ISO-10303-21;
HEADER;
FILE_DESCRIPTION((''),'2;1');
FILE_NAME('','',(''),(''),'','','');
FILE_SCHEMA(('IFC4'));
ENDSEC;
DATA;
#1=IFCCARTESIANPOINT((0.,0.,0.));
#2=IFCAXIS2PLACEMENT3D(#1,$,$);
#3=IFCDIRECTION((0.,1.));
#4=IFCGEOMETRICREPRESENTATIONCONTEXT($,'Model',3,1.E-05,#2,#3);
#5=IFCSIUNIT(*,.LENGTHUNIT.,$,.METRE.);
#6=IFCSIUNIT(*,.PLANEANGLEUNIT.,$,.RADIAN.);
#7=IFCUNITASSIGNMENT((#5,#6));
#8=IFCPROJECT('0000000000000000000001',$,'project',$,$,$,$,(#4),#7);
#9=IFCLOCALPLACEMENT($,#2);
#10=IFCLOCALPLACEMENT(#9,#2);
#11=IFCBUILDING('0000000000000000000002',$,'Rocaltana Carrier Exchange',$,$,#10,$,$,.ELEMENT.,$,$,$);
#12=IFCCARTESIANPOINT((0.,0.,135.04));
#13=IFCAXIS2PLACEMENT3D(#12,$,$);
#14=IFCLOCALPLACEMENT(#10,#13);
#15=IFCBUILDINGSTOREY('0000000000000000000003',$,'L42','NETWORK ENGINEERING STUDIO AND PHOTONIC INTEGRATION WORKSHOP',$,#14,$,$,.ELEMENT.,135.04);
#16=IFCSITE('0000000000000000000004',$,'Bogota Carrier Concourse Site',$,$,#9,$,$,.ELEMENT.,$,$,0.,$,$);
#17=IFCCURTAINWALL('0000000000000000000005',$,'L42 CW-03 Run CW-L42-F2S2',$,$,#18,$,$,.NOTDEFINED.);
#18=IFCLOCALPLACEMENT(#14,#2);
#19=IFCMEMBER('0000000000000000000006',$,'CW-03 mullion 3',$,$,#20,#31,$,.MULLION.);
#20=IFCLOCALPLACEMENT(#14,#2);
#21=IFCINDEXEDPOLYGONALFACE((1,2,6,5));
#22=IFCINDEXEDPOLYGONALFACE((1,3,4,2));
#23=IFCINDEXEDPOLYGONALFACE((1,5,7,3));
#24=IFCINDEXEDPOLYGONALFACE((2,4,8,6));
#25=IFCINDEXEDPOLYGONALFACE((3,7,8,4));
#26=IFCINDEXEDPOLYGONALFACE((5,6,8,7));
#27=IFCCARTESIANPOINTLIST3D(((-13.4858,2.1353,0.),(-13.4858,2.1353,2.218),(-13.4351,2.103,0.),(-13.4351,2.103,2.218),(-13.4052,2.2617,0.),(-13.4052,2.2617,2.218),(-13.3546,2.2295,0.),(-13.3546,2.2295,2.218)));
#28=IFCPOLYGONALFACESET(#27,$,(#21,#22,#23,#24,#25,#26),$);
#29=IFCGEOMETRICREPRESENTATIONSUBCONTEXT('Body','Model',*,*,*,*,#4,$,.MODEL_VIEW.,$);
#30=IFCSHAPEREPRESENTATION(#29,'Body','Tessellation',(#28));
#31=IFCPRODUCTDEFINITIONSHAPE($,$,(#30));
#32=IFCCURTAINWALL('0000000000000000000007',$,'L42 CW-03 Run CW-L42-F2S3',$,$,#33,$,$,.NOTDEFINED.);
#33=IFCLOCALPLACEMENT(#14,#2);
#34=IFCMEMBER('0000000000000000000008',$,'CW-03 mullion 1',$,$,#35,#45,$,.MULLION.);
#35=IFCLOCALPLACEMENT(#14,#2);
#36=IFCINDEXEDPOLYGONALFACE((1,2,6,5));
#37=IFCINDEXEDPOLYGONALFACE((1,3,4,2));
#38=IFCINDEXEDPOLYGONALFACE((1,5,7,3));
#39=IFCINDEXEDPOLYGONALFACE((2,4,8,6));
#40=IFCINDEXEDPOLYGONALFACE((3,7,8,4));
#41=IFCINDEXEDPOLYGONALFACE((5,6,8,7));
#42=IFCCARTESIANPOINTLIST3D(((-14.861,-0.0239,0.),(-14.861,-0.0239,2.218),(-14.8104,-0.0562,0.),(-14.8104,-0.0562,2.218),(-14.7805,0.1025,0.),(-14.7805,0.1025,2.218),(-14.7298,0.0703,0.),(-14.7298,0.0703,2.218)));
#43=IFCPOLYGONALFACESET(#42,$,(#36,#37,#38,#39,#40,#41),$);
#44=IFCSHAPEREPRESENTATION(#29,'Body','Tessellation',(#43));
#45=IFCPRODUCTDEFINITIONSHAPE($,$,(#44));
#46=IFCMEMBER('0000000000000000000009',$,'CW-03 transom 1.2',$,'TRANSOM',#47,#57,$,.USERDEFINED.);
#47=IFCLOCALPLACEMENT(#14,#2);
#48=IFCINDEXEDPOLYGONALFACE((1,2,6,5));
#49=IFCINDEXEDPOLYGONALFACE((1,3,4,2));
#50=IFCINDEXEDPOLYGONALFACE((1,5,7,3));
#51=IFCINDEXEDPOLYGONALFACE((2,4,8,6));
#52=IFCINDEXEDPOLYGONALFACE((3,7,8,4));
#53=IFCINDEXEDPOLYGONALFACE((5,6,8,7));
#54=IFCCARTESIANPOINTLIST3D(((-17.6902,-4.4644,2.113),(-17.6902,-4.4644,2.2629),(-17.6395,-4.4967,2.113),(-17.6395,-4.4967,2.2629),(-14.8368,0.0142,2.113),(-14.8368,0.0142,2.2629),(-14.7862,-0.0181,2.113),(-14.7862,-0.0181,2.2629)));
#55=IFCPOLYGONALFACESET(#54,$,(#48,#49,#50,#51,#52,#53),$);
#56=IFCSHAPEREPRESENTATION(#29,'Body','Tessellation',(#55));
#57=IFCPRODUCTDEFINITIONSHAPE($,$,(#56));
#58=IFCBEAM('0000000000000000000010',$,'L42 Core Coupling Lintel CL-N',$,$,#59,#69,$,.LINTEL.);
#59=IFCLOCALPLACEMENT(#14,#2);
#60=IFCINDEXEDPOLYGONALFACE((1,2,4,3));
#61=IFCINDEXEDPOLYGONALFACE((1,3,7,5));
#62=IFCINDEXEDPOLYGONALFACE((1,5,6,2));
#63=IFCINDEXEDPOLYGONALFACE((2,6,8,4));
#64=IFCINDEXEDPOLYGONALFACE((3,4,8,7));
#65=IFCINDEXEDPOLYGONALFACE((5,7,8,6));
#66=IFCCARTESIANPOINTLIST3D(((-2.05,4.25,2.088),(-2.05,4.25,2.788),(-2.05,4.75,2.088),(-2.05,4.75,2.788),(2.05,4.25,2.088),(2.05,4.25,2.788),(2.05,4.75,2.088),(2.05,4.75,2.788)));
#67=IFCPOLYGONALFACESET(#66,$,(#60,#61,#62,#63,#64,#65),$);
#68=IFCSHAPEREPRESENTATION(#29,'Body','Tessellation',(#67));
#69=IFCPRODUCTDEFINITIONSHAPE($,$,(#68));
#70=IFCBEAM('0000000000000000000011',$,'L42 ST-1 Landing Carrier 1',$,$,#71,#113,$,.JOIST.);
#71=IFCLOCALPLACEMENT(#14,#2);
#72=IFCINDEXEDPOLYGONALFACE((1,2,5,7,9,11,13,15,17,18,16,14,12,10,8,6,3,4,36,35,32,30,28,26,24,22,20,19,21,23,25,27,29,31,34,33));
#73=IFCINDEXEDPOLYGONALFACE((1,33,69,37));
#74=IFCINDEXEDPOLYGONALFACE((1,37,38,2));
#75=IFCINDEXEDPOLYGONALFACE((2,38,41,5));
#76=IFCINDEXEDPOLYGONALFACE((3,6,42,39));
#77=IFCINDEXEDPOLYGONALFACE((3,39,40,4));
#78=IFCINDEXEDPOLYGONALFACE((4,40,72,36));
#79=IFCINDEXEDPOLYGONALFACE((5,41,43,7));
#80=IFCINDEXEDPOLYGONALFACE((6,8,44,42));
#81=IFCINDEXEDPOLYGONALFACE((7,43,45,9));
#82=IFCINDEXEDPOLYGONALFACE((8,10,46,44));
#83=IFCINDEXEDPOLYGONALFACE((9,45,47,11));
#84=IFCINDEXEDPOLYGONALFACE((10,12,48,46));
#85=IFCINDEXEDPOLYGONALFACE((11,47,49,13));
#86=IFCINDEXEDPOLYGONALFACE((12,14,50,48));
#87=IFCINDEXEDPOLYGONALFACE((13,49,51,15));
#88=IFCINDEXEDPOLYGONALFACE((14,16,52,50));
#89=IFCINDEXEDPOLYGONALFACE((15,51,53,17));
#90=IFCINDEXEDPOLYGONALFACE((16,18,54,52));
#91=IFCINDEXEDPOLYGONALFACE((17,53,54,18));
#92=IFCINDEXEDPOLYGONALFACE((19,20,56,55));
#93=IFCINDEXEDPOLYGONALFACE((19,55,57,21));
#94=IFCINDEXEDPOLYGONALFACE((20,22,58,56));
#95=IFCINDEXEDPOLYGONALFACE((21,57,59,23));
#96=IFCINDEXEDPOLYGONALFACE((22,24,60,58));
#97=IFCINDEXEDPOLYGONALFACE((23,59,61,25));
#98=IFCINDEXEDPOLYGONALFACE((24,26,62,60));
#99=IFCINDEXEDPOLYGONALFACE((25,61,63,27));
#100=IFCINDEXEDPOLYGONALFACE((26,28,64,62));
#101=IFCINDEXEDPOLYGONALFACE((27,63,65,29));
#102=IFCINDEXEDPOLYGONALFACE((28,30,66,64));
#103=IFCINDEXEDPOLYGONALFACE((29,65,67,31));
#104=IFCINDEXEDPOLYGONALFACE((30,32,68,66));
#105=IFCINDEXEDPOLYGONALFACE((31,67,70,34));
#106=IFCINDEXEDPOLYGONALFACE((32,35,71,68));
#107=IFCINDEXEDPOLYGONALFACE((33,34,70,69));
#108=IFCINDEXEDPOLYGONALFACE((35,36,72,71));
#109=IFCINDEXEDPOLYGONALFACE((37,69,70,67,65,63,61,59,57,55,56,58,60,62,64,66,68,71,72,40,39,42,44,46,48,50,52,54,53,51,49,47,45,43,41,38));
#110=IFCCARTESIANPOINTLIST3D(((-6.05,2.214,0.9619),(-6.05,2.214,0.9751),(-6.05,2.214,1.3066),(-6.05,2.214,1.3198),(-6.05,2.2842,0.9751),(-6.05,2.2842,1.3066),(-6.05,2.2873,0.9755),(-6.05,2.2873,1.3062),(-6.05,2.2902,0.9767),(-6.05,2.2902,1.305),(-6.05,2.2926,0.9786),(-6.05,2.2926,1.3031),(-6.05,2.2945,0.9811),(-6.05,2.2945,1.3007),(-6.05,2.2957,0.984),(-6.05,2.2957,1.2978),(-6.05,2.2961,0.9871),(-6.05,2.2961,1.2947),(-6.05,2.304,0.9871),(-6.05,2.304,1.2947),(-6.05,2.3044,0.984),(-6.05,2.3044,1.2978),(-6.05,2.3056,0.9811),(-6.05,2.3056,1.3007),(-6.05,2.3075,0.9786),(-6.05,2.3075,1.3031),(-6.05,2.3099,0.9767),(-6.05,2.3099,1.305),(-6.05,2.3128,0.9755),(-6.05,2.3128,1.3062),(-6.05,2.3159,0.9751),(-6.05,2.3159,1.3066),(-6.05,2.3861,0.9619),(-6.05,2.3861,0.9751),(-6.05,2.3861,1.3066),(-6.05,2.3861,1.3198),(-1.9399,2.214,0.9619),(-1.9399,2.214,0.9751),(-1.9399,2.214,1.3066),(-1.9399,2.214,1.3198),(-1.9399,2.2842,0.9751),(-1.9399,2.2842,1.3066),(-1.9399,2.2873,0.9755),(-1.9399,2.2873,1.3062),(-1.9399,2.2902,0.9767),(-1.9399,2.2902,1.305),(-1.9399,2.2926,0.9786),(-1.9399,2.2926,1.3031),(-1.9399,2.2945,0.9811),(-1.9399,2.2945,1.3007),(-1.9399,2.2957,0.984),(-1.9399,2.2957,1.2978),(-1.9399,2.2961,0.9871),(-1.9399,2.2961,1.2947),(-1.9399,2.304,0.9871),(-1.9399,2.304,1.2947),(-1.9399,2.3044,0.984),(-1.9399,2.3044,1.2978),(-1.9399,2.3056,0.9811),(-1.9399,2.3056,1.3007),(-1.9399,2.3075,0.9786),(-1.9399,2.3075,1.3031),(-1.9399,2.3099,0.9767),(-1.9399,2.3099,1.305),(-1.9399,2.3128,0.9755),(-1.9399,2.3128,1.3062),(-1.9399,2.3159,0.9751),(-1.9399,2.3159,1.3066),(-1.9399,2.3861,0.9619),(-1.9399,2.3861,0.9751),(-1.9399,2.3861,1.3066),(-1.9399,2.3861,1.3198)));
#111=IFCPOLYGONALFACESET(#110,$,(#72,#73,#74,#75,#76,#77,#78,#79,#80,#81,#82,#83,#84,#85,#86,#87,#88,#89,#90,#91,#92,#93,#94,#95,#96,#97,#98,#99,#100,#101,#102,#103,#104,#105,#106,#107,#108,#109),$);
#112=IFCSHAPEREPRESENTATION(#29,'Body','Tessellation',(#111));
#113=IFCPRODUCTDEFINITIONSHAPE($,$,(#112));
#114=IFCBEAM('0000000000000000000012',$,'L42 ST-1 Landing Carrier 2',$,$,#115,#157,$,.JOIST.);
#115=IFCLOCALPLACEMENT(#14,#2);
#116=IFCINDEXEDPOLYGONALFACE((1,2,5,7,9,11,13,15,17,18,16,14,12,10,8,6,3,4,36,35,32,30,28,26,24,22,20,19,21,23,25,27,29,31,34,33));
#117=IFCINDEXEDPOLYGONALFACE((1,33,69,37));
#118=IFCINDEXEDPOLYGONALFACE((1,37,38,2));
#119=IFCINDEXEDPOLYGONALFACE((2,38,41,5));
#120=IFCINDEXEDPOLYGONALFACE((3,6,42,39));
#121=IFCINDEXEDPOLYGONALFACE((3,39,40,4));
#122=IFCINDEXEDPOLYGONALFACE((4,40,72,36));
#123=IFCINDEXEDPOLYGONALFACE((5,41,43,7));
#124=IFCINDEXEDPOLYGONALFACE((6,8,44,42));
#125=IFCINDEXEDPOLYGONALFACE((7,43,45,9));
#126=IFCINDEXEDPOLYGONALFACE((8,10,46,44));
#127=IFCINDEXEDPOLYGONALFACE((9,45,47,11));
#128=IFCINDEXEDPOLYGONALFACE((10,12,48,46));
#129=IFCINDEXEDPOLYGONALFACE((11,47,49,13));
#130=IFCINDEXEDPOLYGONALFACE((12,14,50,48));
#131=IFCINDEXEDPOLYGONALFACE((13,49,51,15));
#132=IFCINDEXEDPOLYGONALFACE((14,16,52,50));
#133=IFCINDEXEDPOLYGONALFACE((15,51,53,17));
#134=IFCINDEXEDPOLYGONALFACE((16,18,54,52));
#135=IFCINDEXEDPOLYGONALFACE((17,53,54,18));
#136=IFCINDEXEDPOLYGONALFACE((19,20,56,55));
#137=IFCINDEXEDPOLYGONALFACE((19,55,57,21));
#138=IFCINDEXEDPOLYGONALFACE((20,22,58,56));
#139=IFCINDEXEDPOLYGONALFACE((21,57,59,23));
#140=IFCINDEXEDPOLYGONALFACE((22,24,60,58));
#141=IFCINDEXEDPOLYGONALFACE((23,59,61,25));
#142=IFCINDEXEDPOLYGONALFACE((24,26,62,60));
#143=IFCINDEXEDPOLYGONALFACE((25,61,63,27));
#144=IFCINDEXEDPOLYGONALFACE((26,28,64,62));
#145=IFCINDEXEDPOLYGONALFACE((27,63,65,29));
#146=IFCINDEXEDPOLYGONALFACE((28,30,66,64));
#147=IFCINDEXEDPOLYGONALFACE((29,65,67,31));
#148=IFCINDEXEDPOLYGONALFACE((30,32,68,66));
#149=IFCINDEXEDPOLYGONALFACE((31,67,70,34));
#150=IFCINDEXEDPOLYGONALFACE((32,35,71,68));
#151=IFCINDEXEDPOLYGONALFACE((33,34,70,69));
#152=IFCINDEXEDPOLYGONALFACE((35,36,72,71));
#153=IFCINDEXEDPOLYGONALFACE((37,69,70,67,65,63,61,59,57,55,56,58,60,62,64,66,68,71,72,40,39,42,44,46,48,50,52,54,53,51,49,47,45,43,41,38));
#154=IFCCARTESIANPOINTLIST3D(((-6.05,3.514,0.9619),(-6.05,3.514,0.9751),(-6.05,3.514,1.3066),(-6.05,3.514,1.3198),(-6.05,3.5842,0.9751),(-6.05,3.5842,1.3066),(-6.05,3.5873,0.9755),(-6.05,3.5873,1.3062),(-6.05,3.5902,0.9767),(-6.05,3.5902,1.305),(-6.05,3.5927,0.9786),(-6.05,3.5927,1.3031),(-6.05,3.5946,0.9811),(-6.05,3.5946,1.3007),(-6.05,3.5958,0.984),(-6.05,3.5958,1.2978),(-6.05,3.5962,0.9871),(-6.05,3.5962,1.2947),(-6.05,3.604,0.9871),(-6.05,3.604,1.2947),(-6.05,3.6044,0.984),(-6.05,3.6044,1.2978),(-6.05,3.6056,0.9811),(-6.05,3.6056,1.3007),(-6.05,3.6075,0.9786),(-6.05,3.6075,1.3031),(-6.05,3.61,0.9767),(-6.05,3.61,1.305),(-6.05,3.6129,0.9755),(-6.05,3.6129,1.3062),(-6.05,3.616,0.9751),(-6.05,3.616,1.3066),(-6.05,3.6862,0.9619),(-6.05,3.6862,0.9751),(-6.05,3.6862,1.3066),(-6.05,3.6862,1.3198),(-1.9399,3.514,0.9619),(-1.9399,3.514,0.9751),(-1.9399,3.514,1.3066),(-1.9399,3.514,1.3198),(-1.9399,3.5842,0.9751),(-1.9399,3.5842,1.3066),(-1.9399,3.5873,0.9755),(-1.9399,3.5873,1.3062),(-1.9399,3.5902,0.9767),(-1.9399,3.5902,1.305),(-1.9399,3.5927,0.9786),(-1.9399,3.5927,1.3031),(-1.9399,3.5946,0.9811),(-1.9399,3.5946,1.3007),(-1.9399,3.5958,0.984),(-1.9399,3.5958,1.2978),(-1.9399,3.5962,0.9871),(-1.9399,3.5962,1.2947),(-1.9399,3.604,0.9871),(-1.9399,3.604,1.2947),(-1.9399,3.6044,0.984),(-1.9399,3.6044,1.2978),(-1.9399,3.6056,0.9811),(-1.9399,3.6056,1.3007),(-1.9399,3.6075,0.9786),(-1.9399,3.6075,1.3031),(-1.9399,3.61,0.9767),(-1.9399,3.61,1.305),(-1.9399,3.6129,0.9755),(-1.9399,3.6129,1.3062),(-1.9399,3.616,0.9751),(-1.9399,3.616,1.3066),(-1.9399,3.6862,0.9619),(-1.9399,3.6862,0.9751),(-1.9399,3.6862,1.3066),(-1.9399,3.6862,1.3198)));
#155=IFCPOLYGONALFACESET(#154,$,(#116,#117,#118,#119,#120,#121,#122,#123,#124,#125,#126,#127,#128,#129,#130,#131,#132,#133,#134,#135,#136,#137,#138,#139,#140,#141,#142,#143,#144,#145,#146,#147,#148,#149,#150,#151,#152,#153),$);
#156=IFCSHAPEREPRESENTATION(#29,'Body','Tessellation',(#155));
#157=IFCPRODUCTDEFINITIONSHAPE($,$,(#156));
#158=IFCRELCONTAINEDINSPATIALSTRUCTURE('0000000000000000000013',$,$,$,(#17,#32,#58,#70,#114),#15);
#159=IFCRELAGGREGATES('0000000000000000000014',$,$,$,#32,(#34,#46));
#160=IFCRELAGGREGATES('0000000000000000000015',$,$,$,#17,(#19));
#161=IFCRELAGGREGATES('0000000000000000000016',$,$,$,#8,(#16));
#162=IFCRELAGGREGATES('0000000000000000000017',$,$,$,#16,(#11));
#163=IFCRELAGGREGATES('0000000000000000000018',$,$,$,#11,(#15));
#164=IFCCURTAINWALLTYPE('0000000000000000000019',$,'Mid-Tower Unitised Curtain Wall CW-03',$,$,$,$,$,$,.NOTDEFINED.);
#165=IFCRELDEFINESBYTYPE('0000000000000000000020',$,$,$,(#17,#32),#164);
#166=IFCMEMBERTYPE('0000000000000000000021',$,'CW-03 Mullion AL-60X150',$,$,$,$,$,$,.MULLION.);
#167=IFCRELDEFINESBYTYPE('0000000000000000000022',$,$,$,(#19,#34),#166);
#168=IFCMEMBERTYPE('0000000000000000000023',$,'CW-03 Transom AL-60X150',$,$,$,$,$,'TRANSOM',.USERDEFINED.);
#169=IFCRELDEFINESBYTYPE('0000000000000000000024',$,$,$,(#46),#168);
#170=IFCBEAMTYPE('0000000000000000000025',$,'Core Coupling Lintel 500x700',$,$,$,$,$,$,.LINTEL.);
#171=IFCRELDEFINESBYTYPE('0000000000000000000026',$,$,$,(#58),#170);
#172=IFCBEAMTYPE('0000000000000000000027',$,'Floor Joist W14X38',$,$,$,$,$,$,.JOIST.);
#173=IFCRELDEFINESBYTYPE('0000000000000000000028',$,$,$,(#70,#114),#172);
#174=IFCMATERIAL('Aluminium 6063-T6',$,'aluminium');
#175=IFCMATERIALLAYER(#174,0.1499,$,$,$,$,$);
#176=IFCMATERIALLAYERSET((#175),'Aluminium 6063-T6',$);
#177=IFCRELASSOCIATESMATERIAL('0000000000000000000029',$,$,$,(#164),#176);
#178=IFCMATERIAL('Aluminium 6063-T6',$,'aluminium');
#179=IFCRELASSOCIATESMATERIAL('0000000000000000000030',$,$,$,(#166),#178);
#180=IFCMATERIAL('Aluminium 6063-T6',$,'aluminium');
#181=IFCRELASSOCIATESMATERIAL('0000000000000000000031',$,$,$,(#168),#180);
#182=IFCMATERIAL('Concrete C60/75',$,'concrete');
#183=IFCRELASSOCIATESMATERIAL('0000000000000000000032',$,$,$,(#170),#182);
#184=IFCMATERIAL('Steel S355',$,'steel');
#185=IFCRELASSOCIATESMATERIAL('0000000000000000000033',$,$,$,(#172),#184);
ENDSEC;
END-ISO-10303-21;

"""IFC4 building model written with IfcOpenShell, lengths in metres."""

from ifc_helpers import new_model, si_unit, direction, frame, origin, origin_2d, place, context, subcontext, project, spatial, rectangle, i_section, extrude, material, layer, layer_set, material_profile, profile_set, type_object, element, aggregate, save


model = new_model("IFC4")

# Units and contexts
model_context = context("Model", 3, precision=1e-05, world=origin(), true_north=direction((0.0, 1.0)))
body_context = subcontext(model_context, "Body", "Model", "MODEL_VIEW")
ifc_project = project(units=[si_unit("LENGTHUNIT", "METRE"), si_unit("PLANEANGLEUNIT", "RADIAN")], contexts=[model_context])

# Site, building, storey
site_placement = place(None, origin())
site = spatial("IfcSite", under=ifc_project, at=site_placement, Name="Bogota Carrier Concourse Site", CompositionType="ELEMENT", RefElevation=0.0)
building_placement = place(site_placement, origin())
building = spatial("IfcBuilding", under=site, at=building_placement, Name="Rocaltana Carrier Exchange", CompositionType="ELEMENT")
storey_placement = place(building_placement, frame((0.0, 0.0, 135.04)))
storey = spatial("IfcBuildingStorey", under=building, at=storey_placement, Name="L42", Description="NETWORK ENGINEERING STUDIO AND PHOTONIC INTEGRATION WORKSHOP", CompositionType="ELEMENT", Elevation=135.04)

# Curtain wall, member
ifc_material_1 = material(Name="Aluminium 6063-T6", Category="aluminium")
ifc_layer_1 = layer(ifc_material_1, 0.1499)
ifc_layer_set_1 = layer_set([ifc_layer_1], Name="Aluminium 6063-T6")
curtain_wall_type = type_object("IfcCurtainWallType", Name="Mid-Tower Unitised Curtain Wall CW-03", PredefinedType="NOTDEFINED", material=ifc_layer_set_1)
curtain_wall_1_placement = place(storey_placement, origin())
curtain_wall_1 = element("IfcCurtainWall", 1, at=curtain_wall_1_placement, inside=storey, type_object=curtain_wall_type, Name="L42 CW-03 Run CW-L42-F2S2", PredefinedType="NOTDEFINED")
ifc_material_2 = material(Name="Aluminium 6063-T6", Category="aluminium")
ifc_material_profile_1 = material_profile(ifc_material_2, rectangle(XDim=0.0601, YDim=0.1499, at=origin_2d()), Name="AL-60X150")
ifc_profile_set_1 = profile_set([ifc_material_profile_1], Name="Aluminium 6063-T6")
member_type_1 = type_object("IfcMemberType", Name="CW-03 Mullion AL-60X150", PredefinedType="MULLION", material=ifc_profile_set_1)
member_1_placement = place(storey_placement, frame((-13.4202, 2.1824, 0.0), z_axis=(0.0, 0.0, 1.0), x_axis=(0.843391, -0.537301, 0.0)))
member_1 = element("IfcMember", 2, at=member_1_placement, type_object=member_type_1, Name="CW-03 mullion 3", PredefinedType="MULLION", context=body_context, shape_type="SweptSolid", body=[
    extrude(rectangle(XDim=0.0601, YDim=0.1499, at=origin_2d()), origin(), (0.0, 0.0, 1.0), 2.218),
])

# Curtain wall, members
curtain_wall_2_placement = place(storey_placement, origin())
curtain_wall_2 = element("IfcCurtainWall", 3, at=curtain_wall_2_placement, inside=storey, type_object=curtain_wall_type, Name="L42 CW-03 Run CW-L42-F2S3", PredefinedType="NOTDEFINED")
member_2_placement = place(storey_placement, frame((-14.7954, 0.0232, 0.0), z_axis=(0.0, 0.0, 1.0), x_axis=(0.843391, -0.537301, 0.0)))
member_2 = element("IfcMember", 4, at=member_2_placement, type_object=member_type_1, Name="CW-03 mullion 1", PredefinedType="MULLION", context=body_context, shape_type="SweptSolid", body=[
    extrude(rectangle(XDim=0.0601, YDim=0.1499, at=origin_2d()), origin(), (0.0, 0.0, 1.0), 2.218),
])
ifc_material_3 = material(Name="Aluminium 6063-T6", Category="aluminium")
ifc_material_profile_2 = material_profile(ifc_material_3, rectangle(XDim=0.0601, YDim=0.1499, at=origin_2d()), Name="AL-60X150")
ifc_profile_set_2 = profile_set([ifc_material_profile_2], Name="Aluminium 6063-T6")
member_type_2 = type_object("IfcMemberType", Name="CW-03 Transom AL-60X150", ElementType="TRANSOM", PredefinedType="USERDEFINED", material=ifc_profile_set_2)
member_3_placement = place(storey_placement, frame((-14.8115, -0.002, 2.188), z_axis=(-0.537319, -0.843379, 0.0), x_axis=(0.843379, -0.537319, 0.0)))
member_3 = element("IfcMember", 5, at=member_3_placement, type_object=member_type_2, Name="CW-03 transom 1.2", ObjectType="TRANSOM", PredefinedType="USERDEFINED", context=body_context, shape_type="SweptSolid", body=[
    extrude(rectangle(XDim=0.0601, YDim=0.1499, at=origin_2d()), origin(), (0.0, 0.0, 1.0), 5.3103),
])
aggregate(curtain_wall_2, [member_2, member_3])

# Beams
ifc_material_4 = material(Name="Concrete C60/75", Category="concrete")
ifc_material_profile_3 = material_profile(ifc_material_4, rectangle(XDim=0.5, YDim=0.7, at=origin_2d()), Name="RC-BM-500X700")
ifc_profile_set_3 = profile_set([ifc_material_profile_3], Name="Concrete C60/75")
beam_type_1 = type_object("IfcBeamType", Name="Core Coupling Lintel 500x700", PredefinedType="LINTEL", material=ifc_profile_set_3)
beam_1_placement = place(storey_placement, frame((-2.05, 4.5, 2.438), z_axis=(1.0, 0.0, 0.0), x_axis=(0.0, 1.0, 0.0)))
element("IfcBeam", 6, at=beam_1_placement, inside=storey, type_object=beam_type_1, Name="L42 Core Coupling Lintel CL-N", PredefinedType="LINTEL", context=body_context, shape_type="SweptSolid", body=[
    extrude(rectangle(XDim=0.5, YDim=0.7, at=origin_2d()), origin(), (0.0, 0.0, 1.0), 4.1001),
])
ifc_material_5 = material(Name="Steel S355", Category="steel")
ifc_material_profile_4 = material_profile(ifc_material_5, i_section(OverallWidth=0.1721, OverallDepth=0.3579, WebThickness=0.0078, FlangeThickness=0.0132, FilletRadius=0.012, at=origin_2d()), Name="W14X38")
ifc_profile_set_4 = profile_set([ifc_material_profile_4], Name="Steel S355")
beam_type_2 = type_object("IfcBeamType", Name="Floor Joist W14X38", PredefinedType="JOIST", material=ifc_profile_set_4)
for number, where, z_axis, x_axis, name in (
    (7, (-6.05, 2.3, 1.1409), (1.0, 0.0, 0.0), (0.0, 1.0, 0.0), "L42 ST-1 Landing Carrier 1"),
    (8, (-6.05, 3.6001, 1.1409), (1.0, 0.0, 0.0), (0.0, 1.0, 0.0), "L42 ST-1 Landing Carrier 2"),
):
    element("IfcBeam", number, at=place(storey_placement, frame(where, z_axis=z_axis, x_axis=x_axis)), inside=storey, type_object=beam_type_2, Name=name, PredefinedType="JOIST", context=body_context, shape_type="SweptSolid", body=[
        extrude(i_section(OverallWidth=0.1721, OverallDepth=0.3579, WebThickness=0.0078, FlangeThickness=0.0132, FilletRadius=0.012, at=origin_2d()), origin(), (0.0, 0.0, 1.0), 4.1101),
    ])

aggregate(curtain_wall_1, [member_1])

save(model, "model.ifc")
